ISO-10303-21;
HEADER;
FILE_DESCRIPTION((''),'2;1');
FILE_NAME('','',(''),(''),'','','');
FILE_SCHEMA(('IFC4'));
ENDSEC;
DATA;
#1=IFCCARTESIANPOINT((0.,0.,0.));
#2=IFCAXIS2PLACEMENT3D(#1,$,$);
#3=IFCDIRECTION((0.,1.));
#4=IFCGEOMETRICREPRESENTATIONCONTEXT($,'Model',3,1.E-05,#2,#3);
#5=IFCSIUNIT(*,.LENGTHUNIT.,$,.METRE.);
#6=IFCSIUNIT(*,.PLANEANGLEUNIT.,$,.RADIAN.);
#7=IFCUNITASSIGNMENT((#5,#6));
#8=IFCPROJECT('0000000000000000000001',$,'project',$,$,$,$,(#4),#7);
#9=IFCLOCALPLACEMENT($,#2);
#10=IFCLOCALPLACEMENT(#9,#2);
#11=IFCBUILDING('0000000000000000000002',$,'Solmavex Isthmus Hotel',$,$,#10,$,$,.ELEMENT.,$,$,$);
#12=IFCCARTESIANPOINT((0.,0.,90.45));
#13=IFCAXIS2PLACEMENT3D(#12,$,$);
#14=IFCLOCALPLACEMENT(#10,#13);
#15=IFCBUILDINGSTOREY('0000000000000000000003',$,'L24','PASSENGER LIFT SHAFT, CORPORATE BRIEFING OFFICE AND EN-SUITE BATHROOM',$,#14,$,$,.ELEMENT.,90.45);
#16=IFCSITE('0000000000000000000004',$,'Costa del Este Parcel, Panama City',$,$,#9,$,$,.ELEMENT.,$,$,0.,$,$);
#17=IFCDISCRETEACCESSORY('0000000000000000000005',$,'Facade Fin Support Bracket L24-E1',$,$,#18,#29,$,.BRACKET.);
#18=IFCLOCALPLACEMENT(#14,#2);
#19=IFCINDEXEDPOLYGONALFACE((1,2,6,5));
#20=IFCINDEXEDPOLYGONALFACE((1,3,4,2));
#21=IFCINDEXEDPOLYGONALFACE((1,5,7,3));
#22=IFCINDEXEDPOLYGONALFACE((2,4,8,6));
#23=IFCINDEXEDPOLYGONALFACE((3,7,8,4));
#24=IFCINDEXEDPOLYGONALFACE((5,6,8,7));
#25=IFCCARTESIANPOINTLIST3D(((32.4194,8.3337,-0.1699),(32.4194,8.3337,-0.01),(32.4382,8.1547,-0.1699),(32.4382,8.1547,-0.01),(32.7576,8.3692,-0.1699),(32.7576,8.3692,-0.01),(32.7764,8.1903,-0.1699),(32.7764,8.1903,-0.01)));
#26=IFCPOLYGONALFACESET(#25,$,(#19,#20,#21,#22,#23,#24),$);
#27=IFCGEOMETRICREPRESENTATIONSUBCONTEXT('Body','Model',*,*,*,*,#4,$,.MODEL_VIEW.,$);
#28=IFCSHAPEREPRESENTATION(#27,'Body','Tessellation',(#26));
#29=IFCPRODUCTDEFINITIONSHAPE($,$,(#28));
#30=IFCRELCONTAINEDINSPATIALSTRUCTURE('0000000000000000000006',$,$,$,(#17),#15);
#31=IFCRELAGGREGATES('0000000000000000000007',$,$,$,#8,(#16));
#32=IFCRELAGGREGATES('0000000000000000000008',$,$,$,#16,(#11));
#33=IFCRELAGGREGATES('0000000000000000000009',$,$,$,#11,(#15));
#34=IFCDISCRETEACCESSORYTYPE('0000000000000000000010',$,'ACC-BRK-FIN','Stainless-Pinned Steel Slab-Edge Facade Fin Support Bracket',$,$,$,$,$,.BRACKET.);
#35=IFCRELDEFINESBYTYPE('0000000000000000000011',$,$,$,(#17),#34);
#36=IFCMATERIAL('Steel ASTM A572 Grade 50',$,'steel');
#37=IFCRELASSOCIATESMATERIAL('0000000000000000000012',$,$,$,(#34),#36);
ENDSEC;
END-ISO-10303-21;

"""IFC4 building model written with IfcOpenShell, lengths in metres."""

from ifc_helpers import new_model, si_unit, direction, frame, origin, origin_2d, place, context, subcontext, project, spatial, rectangle, extrude, material, type_object, element, save


model = new_model("IFC4")

# Units and contexts
model_context = context("Model", 3, precision=1e-05, world=origin(), true_north=direction((0.0, 1.0)))
body_context = subcontext(model_context, "Body", "Model", "MODEL_VIEW")
ifc_project = project(units=[si_unit("LENGTHUNIT", "METRE"), si_unit("PLANEANGLEUNIT", "RADIAN")], contexts=[model_context])

# Site, building, storey
site_placement = place(None, origin())
site = spatial("IfcSite", under=ifc_project, at=site_placement, Name="Costa del Este Parcel, Panama City", CompositionType="ELEMENT", RefElevation=0.0)
building_placement = place(site_placement, origin())
building = spatial("IfcBuilding", under=site, at=building_placement, Name="Solmavex Isthmus Hotel", CompositionType="ELEMENT")
storey_placement = place(building_placement, frame((0.0, 0.0, 90.45)))
storey = spatial("IfcBuildingStorey", under=building, at=storey_placement, Name="L24", Description="PASSENGER LIFT SHAFT, CORPORATE BRIEFING OFFICE AND EN-SUITE BATHROOM", CompositionType="ELEMENT", Elevation=90.45)

# Discrete accessory
ifc_material_1 = material(Name="Steel ASTM A572 Grade 50", Category="steel")
discrete_accessory_type = type_object("IfcDiscreteAccessoryType", Name="ACC-BRK-FIN", Description="Stainless-Pinned Steel Slab-Edge Facade Fin Support Bracket", PredefinedType="BRACKET", material=ifc_material_1)
discrete_accessory_placement = place(storey_placement, frame((32.5979, 8.262, -0.1699), z_axis=(0.0, 0.0, 1.0), x_axis=(0.994522, 0.104528, 0.0)))
element("IfcDiscreteAccessory", 1, at=discrete_accessory_placement, inside=storey, type_object=discrete_accessory_type, Name="Facade Fin Support Bracket L24-E1", PredefinedType="BRACKET", context=body_context, shape_type="SweptSolid", body=[
    extrude(rectangle(XDim=0.3401, YDim=0.1799, at=origin_2d()), origin(), (0.0, 0.0, 1.0), 0.1599),
])

save(model, "model.ifc")
